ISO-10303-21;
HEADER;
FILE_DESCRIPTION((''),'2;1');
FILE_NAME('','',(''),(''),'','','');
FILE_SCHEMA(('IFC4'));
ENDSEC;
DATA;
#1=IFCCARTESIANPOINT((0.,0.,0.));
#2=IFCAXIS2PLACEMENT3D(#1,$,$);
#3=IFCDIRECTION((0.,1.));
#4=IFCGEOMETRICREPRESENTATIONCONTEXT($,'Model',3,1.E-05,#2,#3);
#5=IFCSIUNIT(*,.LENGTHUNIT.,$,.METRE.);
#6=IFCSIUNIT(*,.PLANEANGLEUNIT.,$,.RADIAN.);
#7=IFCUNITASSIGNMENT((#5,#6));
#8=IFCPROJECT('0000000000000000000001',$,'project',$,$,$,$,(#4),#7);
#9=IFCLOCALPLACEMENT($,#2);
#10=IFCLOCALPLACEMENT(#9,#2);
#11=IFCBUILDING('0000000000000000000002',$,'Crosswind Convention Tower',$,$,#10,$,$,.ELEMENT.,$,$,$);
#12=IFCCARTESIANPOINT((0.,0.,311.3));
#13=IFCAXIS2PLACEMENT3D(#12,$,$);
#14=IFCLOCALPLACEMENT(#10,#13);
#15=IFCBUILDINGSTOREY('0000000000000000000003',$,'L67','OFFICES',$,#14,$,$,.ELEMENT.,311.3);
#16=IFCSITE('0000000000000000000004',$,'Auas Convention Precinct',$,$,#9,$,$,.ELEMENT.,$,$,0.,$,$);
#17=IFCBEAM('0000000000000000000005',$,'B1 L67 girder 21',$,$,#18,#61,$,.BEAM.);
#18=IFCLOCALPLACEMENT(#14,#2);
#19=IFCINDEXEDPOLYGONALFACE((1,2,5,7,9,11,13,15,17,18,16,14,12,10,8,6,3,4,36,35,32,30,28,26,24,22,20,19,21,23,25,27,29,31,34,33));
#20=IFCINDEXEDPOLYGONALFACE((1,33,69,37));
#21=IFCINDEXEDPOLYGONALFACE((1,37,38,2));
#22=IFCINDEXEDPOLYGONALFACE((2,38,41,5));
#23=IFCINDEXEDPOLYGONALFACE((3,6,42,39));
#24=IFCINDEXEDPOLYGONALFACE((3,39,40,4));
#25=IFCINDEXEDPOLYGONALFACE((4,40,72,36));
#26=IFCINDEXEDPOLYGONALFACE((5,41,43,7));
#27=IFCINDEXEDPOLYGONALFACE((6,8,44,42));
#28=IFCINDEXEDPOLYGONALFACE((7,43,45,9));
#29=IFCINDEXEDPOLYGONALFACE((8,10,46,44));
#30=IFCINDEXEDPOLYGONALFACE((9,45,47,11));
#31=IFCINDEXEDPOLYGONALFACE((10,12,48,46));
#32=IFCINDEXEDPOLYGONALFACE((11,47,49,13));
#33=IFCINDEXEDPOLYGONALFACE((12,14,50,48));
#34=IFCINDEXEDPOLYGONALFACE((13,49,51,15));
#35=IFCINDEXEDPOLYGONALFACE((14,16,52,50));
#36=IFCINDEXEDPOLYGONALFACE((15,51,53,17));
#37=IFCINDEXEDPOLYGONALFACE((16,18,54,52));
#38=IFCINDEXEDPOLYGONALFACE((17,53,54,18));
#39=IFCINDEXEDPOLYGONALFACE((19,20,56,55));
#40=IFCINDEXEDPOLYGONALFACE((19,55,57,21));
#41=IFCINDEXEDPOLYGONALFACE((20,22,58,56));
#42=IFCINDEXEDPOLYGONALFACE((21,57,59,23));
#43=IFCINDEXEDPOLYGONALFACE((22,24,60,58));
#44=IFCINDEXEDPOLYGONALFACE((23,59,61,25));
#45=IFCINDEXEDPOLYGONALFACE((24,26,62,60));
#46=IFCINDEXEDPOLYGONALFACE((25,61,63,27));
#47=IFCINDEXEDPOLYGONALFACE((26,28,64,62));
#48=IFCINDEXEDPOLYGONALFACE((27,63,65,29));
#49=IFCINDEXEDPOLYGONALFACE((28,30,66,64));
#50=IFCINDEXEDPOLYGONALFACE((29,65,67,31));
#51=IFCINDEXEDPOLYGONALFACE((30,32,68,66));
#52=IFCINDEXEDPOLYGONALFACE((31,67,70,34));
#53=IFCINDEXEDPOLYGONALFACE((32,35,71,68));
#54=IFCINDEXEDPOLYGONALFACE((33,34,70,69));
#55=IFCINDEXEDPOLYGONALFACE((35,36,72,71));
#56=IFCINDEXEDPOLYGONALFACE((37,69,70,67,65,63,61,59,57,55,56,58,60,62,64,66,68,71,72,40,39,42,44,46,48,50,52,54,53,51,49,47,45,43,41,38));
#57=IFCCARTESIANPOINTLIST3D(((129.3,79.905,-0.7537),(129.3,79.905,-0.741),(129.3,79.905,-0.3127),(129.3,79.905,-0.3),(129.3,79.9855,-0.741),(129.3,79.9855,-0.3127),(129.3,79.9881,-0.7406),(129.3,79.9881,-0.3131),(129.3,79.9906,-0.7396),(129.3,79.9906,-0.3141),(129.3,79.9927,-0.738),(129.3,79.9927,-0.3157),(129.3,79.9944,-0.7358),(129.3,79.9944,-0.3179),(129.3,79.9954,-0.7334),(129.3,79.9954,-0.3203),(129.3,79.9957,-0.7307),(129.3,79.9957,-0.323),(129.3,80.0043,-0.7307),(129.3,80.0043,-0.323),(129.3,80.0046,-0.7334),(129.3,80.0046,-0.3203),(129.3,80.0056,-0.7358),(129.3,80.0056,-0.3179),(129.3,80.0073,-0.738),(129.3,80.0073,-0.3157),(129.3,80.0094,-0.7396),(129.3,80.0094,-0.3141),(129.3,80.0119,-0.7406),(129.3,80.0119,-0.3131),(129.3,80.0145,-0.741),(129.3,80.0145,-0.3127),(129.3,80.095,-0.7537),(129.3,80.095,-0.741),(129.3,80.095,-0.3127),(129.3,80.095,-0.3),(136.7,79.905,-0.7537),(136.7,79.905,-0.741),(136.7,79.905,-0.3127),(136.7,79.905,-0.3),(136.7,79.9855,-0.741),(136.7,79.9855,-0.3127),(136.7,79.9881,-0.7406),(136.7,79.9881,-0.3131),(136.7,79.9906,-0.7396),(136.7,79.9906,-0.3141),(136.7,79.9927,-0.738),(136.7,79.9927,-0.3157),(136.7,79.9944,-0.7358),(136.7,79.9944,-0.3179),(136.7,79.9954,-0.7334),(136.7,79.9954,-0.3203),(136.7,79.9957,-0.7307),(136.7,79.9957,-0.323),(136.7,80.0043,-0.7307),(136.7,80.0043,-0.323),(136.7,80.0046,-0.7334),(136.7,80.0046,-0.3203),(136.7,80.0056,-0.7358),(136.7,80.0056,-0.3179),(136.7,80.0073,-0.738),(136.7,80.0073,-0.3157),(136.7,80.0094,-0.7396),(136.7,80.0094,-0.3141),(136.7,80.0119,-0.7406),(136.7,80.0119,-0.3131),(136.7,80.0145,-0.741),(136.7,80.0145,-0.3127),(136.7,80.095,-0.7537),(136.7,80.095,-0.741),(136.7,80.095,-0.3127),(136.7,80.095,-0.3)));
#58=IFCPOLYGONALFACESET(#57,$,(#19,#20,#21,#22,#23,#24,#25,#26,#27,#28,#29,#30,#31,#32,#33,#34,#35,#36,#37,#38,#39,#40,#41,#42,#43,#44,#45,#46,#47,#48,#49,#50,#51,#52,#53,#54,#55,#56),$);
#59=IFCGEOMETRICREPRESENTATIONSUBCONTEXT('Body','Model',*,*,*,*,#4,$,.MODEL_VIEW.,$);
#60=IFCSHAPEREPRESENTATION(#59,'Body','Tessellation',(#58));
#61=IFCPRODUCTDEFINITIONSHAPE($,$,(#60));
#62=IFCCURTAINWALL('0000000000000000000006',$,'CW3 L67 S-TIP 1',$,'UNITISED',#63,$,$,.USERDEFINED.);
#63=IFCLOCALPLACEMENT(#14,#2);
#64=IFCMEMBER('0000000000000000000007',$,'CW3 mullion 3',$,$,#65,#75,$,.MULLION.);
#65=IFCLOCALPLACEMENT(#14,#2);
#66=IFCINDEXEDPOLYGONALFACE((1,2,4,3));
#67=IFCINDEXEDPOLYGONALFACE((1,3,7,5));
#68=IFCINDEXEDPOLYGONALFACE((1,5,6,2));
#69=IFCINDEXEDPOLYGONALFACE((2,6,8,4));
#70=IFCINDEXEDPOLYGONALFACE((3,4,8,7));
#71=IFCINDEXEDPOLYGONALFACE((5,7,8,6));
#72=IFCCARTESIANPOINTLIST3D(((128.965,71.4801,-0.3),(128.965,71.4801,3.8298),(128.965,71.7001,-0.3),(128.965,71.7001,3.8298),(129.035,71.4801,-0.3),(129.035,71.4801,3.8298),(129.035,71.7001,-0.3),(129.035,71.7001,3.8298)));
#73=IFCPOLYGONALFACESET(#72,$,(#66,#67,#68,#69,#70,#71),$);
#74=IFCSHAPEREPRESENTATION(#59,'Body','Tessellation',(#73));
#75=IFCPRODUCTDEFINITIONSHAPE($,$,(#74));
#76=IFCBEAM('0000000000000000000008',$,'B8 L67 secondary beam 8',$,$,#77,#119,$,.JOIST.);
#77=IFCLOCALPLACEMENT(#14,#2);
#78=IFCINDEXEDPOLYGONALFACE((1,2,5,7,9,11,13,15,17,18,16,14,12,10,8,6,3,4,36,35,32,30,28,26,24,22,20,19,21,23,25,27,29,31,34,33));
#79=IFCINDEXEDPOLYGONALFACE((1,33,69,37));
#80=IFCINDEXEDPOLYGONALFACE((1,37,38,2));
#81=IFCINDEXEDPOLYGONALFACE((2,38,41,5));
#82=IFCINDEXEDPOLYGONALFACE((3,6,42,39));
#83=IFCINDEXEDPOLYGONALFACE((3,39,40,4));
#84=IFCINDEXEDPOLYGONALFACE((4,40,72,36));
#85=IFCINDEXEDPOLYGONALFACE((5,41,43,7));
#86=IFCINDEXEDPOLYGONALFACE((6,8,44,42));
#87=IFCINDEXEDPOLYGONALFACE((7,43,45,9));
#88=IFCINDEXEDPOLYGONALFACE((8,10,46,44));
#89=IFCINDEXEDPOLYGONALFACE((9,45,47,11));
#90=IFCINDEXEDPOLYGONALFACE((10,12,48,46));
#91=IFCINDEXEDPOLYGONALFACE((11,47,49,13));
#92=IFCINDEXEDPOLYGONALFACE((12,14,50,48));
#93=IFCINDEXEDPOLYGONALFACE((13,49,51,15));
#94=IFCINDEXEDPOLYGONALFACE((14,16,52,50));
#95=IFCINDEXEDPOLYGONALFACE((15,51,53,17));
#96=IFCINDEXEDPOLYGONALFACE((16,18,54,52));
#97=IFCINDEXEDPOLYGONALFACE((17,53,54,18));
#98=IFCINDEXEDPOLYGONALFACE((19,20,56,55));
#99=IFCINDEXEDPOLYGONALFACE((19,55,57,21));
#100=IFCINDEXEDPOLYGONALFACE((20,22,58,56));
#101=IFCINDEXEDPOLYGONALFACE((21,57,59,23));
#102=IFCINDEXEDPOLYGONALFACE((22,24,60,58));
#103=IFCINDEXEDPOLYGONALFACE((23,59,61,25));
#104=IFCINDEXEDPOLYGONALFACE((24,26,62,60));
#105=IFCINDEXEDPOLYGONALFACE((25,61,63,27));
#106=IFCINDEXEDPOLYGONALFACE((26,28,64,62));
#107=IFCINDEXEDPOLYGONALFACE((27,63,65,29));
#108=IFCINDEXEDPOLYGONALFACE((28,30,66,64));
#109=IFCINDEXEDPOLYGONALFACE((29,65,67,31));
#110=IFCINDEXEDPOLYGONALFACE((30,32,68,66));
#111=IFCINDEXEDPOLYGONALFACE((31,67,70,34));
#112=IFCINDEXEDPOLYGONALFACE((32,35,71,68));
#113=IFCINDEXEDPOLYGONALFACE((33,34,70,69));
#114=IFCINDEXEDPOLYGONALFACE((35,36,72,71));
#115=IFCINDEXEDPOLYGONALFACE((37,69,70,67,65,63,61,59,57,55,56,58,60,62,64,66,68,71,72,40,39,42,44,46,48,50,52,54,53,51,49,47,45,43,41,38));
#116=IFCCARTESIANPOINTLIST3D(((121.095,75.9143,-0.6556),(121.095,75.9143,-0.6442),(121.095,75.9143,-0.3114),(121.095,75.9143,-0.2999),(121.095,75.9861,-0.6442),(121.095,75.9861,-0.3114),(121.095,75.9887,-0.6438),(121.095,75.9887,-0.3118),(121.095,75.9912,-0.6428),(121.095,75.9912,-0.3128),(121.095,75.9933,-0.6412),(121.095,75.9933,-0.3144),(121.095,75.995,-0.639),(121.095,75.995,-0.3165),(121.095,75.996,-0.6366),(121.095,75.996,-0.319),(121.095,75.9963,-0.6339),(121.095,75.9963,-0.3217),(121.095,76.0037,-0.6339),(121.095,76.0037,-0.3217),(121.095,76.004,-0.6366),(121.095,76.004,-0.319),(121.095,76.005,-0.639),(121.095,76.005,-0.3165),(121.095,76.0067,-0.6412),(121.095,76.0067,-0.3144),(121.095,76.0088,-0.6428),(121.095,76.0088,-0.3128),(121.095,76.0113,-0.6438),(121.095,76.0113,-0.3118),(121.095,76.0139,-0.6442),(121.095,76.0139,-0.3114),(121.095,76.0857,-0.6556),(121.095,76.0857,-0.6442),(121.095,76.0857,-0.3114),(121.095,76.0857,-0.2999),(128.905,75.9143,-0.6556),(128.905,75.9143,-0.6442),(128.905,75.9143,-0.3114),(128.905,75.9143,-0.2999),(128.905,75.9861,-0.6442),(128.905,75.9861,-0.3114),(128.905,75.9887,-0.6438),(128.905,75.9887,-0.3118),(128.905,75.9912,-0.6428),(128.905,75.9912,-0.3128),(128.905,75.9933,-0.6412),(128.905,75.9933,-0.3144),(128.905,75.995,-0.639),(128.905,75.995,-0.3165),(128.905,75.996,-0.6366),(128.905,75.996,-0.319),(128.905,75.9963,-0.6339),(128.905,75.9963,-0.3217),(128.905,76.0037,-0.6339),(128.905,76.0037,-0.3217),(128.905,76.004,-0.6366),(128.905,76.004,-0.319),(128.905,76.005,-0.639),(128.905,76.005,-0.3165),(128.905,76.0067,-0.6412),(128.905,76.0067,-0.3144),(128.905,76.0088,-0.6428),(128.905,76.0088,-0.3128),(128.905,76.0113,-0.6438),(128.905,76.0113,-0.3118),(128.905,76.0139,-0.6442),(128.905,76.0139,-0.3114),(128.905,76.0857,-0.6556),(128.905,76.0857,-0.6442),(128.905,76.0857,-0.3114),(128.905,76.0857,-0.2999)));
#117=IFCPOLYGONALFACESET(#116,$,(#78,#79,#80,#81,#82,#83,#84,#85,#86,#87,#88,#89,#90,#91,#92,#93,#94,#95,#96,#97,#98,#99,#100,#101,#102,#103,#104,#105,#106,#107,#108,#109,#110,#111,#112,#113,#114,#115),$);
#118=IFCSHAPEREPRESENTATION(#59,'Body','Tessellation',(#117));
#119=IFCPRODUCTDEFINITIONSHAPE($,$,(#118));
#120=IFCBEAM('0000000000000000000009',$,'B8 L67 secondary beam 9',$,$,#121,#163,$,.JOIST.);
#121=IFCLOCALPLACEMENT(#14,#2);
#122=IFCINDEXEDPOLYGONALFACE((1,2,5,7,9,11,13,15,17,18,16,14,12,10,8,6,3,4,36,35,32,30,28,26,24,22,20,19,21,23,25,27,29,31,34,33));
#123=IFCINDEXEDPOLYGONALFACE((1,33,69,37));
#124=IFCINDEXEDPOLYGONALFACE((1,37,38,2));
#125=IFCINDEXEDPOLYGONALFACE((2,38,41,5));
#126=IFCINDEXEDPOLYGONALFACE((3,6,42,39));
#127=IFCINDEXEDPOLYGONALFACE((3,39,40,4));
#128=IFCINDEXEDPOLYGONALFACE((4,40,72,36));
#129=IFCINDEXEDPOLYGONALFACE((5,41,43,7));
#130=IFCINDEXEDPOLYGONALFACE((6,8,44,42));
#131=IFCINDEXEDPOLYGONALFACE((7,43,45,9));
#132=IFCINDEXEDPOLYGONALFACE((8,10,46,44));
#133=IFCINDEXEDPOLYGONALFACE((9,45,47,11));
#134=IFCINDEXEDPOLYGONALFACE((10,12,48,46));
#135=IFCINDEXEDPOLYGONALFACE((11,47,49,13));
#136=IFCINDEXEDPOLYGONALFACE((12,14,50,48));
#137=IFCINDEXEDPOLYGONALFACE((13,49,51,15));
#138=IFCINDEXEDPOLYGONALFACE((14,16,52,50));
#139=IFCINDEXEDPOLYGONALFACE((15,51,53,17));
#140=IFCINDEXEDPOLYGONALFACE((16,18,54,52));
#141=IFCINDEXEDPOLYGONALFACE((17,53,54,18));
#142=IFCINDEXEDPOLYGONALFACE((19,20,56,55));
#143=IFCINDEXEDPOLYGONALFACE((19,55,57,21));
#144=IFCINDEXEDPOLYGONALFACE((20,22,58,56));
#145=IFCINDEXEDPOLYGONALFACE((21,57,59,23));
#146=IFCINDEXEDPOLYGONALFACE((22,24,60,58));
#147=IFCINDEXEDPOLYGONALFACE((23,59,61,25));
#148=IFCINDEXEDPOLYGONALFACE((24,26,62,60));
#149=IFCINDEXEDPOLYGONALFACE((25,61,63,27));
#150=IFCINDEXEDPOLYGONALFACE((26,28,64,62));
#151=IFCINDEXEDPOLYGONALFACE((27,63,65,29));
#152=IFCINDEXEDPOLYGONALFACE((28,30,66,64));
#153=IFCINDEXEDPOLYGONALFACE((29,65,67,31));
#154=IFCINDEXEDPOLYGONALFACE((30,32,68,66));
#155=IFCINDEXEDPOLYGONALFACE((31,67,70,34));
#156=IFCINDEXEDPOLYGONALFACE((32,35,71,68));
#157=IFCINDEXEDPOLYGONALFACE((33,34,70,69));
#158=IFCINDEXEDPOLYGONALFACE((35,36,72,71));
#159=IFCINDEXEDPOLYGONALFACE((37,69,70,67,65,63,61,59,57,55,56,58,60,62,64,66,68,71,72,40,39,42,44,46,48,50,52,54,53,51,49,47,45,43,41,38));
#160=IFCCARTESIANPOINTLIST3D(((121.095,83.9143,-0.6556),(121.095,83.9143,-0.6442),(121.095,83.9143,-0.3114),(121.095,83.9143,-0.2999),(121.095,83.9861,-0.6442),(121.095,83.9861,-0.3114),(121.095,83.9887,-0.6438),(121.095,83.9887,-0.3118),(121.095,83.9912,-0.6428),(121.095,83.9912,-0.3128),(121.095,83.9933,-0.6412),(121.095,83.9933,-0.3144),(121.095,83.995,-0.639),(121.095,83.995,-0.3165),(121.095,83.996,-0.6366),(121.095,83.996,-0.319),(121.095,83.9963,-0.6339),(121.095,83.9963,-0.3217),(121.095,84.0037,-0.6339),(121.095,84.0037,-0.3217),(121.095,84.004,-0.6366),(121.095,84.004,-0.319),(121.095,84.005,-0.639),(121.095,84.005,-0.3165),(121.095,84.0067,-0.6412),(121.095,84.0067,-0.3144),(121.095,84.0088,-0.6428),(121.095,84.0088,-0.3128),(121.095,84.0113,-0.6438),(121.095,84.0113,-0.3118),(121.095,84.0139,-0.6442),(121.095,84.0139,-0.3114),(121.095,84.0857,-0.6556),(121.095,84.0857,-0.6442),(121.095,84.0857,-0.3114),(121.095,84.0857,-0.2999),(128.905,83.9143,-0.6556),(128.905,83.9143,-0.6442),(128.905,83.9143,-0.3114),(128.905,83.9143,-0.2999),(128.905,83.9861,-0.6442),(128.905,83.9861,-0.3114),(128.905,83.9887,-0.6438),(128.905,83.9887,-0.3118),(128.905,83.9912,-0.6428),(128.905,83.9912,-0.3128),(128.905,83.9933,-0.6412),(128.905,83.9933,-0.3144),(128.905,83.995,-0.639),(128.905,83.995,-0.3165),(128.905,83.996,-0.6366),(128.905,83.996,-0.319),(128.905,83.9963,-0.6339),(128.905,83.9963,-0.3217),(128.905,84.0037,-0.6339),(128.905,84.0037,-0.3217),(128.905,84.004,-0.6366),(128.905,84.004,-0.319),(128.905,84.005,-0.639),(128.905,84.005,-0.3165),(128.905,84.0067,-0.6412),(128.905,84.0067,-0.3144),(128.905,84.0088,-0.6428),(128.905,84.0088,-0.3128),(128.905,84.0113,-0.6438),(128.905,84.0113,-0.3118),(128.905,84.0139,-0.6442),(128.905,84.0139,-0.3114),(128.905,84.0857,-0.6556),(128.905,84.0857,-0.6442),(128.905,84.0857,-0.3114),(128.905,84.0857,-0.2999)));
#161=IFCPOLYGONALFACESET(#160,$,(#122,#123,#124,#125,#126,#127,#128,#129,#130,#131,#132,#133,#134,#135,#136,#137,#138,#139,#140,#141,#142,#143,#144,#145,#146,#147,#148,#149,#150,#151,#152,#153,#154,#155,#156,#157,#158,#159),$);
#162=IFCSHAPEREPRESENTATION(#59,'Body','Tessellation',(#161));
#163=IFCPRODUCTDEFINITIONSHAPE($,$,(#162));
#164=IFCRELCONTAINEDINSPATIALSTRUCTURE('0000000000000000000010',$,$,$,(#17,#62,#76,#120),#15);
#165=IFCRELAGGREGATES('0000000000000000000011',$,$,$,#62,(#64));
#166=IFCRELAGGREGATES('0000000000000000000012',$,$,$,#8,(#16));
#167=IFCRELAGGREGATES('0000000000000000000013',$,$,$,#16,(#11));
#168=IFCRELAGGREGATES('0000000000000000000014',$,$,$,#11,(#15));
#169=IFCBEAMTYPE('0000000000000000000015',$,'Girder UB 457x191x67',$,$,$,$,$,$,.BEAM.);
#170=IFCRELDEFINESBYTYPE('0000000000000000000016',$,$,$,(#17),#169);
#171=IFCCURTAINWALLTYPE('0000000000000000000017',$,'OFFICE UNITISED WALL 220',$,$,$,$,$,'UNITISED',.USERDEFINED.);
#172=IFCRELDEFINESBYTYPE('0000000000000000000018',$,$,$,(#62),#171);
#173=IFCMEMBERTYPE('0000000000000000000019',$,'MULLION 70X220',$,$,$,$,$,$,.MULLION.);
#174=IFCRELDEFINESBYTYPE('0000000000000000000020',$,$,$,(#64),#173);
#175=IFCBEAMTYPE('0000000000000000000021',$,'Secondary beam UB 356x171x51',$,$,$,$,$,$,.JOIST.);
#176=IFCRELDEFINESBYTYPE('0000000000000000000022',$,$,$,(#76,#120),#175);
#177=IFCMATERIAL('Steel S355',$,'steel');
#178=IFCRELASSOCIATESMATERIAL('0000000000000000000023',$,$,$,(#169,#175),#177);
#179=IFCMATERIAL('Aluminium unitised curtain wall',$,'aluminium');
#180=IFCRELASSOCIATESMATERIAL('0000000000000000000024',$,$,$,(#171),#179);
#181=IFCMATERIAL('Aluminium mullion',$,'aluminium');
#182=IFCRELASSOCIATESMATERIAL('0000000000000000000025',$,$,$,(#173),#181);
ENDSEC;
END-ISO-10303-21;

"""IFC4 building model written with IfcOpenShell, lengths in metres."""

from ifc_helpers import new_model, si_unit, direction, frame, origin, origin_2d, place, context, subcontext, project, spatial, rectangle, i_section, extrude, material, material_profile, profile_set, type_object, element, aggregate, save


model = new_model("IFC4")

# Units and contexts
model_context = context("Model", 3, precision=1e-05, world=origin(), true_north=direction((0.0, 1.0)))
body_context = subcontext(model_context, "Body", "Model", "MODEL_VIEW")
ifc_project = project(units=[si_unit("LENGTHUNIT", "METRE"), si_unit("PLANEANGLEUNIT", "RADIAN")], contexts=[model_context])

# Site, building, storey
site_placement = place(None, origin())
site = spatial("IfcSite", under=ifc_project, at=site_placement, Name="Auas Convention Precinct", CompositionType="ELEMENT", RefElevation=0.0)
building_placement = place(site_placement, origin())
building = spatial("IfcBuilding", under=site, at=building_placement, Name="Crosswind Convention Tower", CompositionType="ELEMENT")
storey_placement = place(building_placement, frame((0.0, 0.0, 311.3)))
storey = spatial("IfcBuildingStorey", under=building, at=storey_placement, Name="L67", Description="OFFICES", CompositionType="ELEMENT", Elevation=311.3)

# Beam
ifc_material_1 = material(Name="Steel S355", Category="steel")
ifc_material_profile_1 = material_profile(ifc_material_1, i_section(OverallWidth=0.1899, OverallDepth=0.4536, WebThickness=0.0085, FlangeThickness=0.0127, FilletRadius=0.0103, at=origin_2d()), Name="UB 457x191x67")
ifc_profile_set_1 = profile_set([ifc_material_profile_1], Name="Steel S355")
beam_type_1 = type_object("IfcBeamType", Name="Girder UB 457x191x67", PredefinedType="BEAM", material=ifc_profile_set_1)
for number, where, z_axis, x_axis, name in (
    (1, (129.3, 80.0, -0.5269), (1.0, 0.0, 0.0), (0.0, 1.0, 0.0), "B1 L67 girder 21"),
):
    element("IfcBeam", number, at=place(storey_placement, frame(where, z_axis=z_axis, x_axis=x_axis)), inside=storey, type_object=beam_type_1, Name=name, PredefinedType="BEAM", context=body_context, shape_type="SweptSolid", body=[
        extrude(i_section(OverallWidth=0.1899, OverallDepth=0.4536, WebThickness=0.0085, FlangeThickness=0.0127, FilletRadius=0.0103, at=origin_2d()), origin(), (0.0, 0.0, 1.0), 7.3999),
    ])

# Curtain wall, member
ifc_material_2 = material(Name="Aluminium unitised curtain wall", Category="aluminium")
curtain_wall_type = type_object("IfcCurtainWallType", Name="OFFICE UNITISED WALL 220", ElementType="UNITISED", PredefinedType="USERDEFINED", material=ifc_material_2)
curtain_wall_placement = place(storey_placement, origin())
curtain_wall = element("IfcCurtainWall", 2, at=curtain_wall_placement, inside=storey, type_object=curtain_wall_type, Name="CW3 L67 S-TIP 1", ObjectType="UNITISED", PredefinedType="USERDEFINED")
ifc_material_3 = material(Name="Aluminium mullion", Category="aluminium")
ifc_material_profile_2 = material_profile(ifc_material_3, rectangle(XDim=0.22, YDim=0.0701, at=origin_2d()), Name="AL 220X70")
ifc_profile_set_2 = profile_set([ifc_material_profile_2], Name="Aluminium mullion")
member_type = type_object("IfcMemberType", Name="MULLION 70X220", PredefinedType="MULLION", material=ifc_profile_set_2)
member_placement = place(storey_placement, frame((129.0, 71.5901, -0.3), z_axis=(0.0, 0.0, 1.0), x_axis=(0.0, -1.0, 0.0)))
member = element("IfcMember", 3, at=member_placement, type_object=member_type, Name="CW3 mullion 3", PredefinedType="MULLION", context=body_context, shape_type="SweptSolid", body=[
    extrude(rectangle(XDim=0.22, YDim=0.0701, at=origin_2d()), origin(), (0.0, 0.0, 1.0), 4.1299),
])

# Beams
ifc_material_profile_3 = material_profile(ifc_material_1, i_section(OverallWidth=0.1714, OverallDepth=0.3557, WebThickness=0.0073, FlangeThickness=0.0115, FilletRadius=0.0103, at=origin_2d()), Name="UB 356x171x51")
ifc_profile_set_3 = profile_set([ifc_material_profile_3], Name="Steel S355")
beam_type_2 = type_object("IfcBeamType", Name="Secondary beam UB 356x171x51", PredefinedType="JOIST", material=ifc_profile_set_3)
for number, where, z_axis, x_axis, name in (
    (4, (121.095, 76.0, -0.4778), (1.0, 0.0, 0.0), (0.0, 1.0, 0.0), "B8 L67 secondary beam 8"),
    (5, (121.095, 84.0, -0.4778), (1.0, 0.0, 0.0), (0.0, 1.0, 0.0), "B8 L67 secondary beam 9"),
):
    element("IfcBeam", number, at=place(storey_placement, frame(where, z_axis=z_axis, x_axis=x_axis)), inside=storey, type_object=beam_type_2, Name=name, PredefinedType="JOIST", context=body_context, shape_type="SweptSolid", body=[
        extrude(i_section(OverallWidth=0.1714, OverallDepth=0.3557, WebThickness=0.0073, FlangeThickness=0.0115, FilletRadius=0.0103, at=origin_2d()), origin(), (0.0, 0.0, 1.0), 7.8101),
    ])

aggregate(curtain_wall, [member])

save(model, "model.ifc")
